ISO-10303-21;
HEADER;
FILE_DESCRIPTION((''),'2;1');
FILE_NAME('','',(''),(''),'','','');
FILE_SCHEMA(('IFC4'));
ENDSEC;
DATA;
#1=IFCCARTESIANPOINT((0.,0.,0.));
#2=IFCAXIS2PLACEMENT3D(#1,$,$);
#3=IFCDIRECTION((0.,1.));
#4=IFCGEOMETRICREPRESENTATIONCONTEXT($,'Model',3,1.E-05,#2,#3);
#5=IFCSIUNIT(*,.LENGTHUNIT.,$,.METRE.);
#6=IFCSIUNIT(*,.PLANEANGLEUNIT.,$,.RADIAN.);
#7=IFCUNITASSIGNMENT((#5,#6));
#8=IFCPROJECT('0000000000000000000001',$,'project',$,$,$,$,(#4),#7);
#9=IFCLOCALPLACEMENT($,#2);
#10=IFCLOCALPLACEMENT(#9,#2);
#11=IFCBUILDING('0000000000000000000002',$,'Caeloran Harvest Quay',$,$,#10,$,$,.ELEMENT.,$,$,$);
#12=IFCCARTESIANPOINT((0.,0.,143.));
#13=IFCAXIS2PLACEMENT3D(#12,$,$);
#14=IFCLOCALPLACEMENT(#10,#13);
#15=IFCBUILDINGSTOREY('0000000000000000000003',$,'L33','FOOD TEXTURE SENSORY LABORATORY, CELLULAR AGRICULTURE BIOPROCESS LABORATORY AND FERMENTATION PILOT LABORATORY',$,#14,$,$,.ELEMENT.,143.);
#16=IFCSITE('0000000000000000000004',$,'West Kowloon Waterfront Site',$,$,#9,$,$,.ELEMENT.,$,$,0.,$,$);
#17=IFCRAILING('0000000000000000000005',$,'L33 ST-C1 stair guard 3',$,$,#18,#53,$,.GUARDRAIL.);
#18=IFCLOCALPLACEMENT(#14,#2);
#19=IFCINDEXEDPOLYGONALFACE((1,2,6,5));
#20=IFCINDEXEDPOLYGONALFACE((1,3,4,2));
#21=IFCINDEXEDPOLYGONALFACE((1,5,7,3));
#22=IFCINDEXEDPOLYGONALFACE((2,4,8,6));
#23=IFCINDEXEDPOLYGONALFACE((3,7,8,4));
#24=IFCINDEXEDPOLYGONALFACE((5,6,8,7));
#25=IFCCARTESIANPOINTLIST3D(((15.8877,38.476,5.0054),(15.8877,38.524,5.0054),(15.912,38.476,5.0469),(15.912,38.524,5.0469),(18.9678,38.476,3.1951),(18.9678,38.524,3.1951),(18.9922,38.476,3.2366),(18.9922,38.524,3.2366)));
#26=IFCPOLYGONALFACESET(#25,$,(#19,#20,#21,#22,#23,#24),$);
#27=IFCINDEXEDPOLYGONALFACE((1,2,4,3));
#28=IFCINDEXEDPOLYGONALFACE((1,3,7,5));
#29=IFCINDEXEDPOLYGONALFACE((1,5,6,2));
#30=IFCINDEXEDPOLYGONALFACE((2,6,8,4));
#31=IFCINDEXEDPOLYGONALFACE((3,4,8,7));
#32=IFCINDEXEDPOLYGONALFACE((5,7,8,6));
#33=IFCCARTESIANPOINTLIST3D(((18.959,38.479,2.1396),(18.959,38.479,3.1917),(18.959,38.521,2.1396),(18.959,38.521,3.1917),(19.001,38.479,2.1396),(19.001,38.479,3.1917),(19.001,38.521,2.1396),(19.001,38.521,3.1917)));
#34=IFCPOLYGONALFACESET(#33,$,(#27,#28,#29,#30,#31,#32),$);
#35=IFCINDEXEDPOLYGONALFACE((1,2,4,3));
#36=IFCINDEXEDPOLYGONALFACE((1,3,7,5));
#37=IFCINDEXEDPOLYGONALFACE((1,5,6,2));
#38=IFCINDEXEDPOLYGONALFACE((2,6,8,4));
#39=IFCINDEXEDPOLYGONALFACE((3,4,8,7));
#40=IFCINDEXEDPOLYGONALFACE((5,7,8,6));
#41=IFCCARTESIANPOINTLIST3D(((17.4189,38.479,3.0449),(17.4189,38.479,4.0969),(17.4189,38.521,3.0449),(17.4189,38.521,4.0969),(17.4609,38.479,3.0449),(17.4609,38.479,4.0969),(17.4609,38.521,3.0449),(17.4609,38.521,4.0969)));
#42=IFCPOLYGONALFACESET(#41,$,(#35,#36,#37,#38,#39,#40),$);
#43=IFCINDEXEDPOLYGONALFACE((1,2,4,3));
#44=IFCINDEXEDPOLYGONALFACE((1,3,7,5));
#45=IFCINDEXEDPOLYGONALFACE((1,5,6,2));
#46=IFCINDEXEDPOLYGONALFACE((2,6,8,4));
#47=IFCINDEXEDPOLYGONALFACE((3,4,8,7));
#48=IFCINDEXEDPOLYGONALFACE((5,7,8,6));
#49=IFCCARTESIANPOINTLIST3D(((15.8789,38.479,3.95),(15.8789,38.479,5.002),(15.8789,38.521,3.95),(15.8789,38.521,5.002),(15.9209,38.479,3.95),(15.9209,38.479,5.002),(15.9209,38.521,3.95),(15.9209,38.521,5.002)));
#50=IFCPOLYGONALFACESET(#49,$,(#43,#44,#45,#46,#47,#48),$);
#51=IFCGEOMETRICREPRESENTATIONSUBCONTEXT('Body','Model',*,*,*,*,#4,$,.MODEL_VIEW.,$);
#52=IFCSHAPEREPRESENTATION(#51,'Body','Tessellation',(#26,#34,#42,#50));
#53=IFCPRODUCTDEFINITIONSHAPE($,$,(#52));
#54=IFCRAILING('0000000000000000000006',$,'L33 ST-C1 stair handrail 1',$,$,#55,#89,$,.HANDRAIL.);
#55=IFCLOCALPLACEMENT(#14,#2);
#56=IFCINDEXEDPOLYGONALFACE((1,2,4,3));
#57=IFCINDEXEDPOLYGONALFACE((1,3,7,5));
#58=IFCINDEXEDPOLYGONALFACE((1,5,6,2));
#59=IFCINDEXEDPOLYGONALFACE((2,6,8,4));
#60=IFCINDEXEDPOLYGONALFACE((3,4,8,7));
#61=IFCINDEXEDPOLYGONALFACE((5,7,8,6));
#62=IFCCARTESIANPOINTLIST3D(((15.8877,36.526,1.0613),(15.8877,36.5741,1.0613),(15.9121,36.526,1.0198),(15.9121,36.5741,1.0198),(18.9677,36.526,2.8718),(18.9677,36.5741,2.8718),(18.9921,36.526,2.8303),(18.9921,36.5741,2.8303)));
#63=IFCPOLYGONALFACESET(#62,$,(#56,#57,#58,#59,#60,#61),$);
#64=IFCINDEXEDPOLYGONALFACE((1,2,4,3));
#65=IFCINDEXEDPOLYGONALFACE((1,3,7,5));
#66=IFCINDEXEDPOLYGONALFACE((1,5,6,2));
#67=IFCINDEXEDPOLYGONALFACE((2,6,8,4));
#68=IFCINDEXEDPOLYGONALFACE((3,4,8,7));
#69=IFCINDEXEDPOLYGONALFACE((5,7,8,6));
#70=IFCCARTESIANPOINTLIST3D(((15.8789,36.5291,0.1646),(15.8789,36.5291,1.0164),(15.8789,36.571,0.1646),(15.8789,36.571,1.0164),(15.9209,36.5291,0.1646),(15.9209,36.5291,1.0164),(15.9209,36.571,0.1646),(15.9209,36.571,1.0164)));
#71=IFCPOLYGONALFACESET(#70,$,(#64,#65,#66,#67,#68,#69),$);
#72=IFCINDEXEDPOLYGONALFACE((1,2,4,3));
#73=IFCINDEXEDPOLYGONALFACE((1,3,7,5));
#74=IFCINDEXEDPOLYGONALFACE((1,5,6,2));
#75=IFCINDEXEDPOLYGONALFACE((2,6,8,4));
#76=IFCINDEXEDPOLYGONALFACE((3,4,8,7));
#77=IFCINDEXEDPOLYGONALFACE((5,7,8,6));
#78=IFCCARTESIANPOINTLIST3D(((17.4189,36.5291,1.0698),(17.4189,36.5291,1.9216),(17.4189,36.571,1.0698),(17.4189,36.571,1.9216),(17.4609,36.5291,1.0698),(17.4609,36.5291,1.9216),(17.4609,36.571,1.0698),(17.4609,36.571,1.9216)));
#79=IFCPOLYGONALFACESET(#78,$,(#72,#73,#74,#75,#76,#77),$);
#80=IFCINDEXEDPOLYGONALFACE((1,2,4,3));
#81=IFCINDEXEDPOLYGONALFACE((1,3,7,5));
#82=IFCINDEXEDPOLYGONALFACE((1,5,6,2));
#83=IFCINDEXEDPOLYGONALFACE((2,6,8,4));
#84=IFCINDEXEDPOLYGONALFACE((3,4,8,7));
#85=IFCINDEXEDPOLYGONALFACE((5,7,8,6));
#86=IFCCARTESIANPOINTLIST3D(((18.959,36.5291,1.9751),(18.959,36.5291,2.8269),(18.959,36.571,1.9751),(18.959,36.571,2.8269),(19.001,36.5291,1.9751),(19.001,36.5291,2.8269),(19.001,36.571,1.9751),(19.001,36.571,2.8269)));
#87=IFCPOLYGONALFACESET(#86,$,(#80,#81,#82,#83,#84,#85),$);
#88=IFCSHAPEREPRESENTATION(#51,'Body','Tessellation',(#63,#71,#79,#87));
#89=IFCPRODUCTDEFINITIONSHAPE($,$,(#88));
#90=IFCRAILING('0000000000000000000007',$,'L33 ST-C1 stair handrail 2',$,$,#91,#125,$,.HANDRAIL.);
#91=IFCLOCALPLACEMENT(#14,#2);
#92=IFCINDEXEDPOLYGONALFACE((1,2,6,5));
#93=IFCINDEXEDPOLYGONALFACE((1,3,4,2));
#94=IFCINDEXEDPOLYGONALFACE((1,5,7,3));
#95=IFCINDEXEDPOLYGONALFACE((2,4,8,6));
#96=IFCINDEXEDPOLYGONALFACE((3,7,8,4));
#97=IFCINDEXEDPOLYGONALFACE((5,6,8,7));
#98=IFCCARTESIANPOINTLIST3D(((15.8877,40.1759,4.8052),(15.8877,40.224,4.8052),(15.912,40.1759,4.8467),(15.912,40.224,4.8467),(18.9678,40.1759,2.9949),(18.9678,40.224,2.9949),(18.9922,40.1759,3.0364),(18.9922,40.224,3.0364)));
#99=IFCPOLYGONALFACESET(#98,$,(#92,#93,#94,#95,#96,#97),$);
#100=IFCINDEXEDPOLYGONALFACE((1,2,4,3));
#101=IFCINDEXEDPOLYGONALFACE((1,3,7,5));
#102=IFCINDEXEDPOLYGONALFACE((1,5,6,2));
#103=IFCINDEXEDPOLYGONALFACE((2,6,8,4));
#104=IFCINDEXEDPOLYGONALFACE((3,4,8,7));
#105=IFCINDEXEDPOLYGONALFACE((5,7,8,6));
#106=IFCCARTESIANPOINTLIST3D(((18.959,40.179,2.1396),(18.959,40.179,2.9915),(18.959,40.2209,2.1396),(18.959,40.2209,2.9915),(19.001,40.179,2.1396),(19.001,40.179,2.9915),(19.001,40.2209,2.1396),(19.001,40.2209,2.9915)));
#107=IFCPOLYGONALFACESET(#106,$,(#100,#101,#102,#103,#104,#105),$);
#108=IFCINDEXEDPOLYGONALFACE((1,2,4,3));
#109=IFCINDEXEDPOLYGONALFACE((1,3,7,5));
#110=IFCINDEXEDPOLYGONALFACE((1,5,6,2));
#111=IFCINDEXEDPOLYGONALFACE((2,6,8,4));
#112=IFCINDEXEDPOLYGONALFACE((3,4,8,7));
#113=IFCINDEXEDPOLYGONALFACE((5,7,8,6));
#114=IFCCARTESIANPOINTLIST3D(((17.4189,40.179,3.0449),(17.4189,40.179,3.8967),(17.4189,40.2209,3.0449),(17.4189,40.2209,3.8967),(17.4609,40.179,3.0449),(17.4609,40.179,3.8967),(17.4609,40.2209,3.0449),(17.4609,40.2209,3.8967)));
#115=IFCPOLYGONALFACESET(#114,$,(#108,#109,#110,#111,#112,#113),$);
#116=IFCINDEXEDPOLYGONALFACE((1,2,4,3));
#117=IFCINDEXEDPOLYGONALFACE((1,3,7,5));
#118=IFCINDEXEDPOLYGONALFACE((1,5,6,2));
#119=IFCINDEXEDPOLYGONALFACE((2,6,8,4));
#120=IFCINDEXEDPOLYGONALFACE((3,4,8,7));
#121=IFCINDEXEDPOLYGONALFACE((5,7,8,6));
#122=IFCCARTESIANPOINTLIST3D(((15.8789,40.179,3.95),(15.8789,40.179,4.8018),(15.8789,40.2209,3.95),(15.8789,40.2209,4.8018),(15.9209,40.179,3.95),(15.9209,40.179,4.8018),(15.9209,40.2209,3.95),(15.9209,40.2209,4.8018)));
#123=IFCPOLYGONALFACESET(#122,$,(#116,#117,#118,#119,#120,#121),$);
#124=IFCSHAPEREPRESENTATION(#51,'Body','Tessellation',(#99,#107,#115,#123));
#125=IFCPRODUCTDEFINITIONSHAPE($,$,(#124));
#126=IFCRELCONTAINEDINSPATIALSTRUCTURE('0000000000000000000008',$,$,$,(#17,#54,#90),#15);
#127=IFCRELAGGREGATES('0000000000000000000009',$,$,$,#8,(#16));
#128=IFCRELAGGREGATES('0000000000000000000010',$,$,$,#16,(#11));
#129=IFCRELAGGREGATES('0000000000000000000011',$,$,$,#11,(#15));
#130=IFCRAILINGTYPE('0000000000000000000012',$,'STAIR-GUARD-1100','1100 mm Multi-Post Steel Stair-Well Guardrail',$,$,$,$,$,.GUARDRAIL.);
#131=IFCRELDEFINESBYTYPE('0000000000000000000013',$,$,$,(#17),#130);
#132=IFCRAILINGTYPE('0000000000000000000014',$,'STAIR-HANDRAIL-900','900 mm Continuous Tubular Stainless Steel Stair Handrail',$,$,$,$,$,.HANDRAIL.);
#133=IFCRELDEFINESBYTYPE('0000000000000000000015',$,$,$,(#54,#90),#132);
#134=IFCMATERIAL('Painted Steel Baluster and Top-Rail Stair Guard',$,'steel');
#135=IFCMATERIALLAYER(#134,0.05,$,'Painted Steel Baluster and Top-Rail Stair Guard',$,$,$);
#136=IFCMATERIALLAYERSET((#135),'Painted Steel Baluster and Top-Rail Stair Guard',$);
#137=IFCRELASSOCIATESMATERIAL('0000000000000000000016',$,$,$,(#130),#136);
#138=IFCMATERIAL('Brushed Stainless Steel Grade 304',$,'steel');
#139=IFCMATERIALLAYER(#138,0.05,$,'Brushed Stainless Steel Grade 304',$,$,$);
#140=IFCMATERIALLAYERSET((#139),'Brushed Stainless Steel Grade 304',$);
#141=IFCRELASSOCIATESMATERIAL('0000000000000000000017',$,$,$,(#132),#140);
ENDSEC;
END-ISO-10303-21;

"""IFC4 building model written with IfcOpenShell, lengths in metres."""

from ifc_helpers import new_model, si_unit, direction, frame, origin, origin_2d, place, context, subcontext, project, spatial, rectangle, extrude, material, layer, layer_set, type_object, element, save


model = new_model("IFC4")

# Units and contexts
model_context = context("Model", 3, precision=1e-05, world=origin(), true_north=direction((0.0, 1.0)))
body_context = subcontext(model_context, "Body", "Model", "MODEL_VIEW")
ifc_project = project(units=[si_unit("LENGTHUNIT", "METRE"), si_unit("PLANEANGLEUNIT", "RADIAN")], contexts=[model_context])

# Site, building, storey
site_placement = place(None, origin())
site = spatial("IfcSite", under=ifc_project, at=site_placement, Name="West Kowloon Waterfront Site", CompositionType="ELEMENT", RefElevation=0.0)
building_placement = place(site_placement, origin())
building = spatial("IfcBuilding", under=site, at=building_placement, Name="Caeloran Harvest Quay", CompositionType="ELEMENT")
storey_placement = place(building_placement, frame((0.0, 0.0, 143.0)))
storey = spatial("IfcBuildingStorey", under=building, at=storey_placement, Name="L33", Description="FOOD TEXTURE SENSORY LABORATORY, CELLULAR AGRICULTURE BIOPROCESS LABORATORY AND FERMENTATION PILOT LABORATORY", CompositionType="ELEMENT", Elevation=143.0)

# Railings
ifc_material_1 = material(Name="Painted Steel Baluster and Top-Rail Stair Guard", Category="steel")
ifc_layer_1 = layer(ifc_material_1, 0.05, Name="Painted Steel Baluster and Top-Rail Stair Guard")
ifc_layer_set_1 = layer_set([ifc_layer_1], Name="Painted Steel Baluster and Top-Rail Stair Guard")
railing_type_1 = type_object("IfcRailingType", Name="STAIR-GUARD-1100", Description="1100 mm Multi-Post Steel Stair-Well Guardrail", PredefinedType="GUARDRAIL", material=ifc_layer_set_1)
railing_1_placement = place(storey_placement, frame((18.98, 38.5, 2.1396)))
element("IfcRailing", 1, at=railing_1_placement, inside=storey, type_object=railing_type_1, Name="L33 ST-C1 stair guard 3", PredefinedType="GUARDRAIL", context=body_context, shape_type="SweptSolid", body=[
    extrude(rectangle(XDim=0.0481, YDim=0.0481, at=origin_2d()), frame((0.0, 0.0, 1.0762), z_axis=(-0.862119, 0.0, 0.506707), x_axis=(0.0, -1.0, 0.0)), (0.0, 0.0, 1.0), 3.5728),
    extrude(rectangle(XDim=0.042, YDim=0.042, at=origin_2d()), origin(), (0.0, 0.0, 1.0), 1.052),
    extrude(rectangle(XDim=0.042, YDim=0.042, at=origin_2d()), frame((-1.54, 0.0, 0.9053)), (0.0, 0.0, 1.0), 1.052),
    extrude(rectangle(XDim=0.042, YDim=0.042, at=origin_2d()), frame((-3.0801, 0.0, 1.8103)), (0.0, 0.0, 1.0), 1.052),
])
ifc_material_2 = material(Name="Brushed Stainless Steel Grade 304", Category="steel")
ifc_layer_2 = layer(ifc_material_2, 0.05, Name="Brushed Stainless Steel Grade 304")
ifc_layer_set_2 = layer_set([ifc_layer_2], Name="Brushed Stainless Steel Grade 304")
railing_type_2 = type_object("IfcRailingType", Name="STAIR-HANDRAIL-900", Description="900 mm Continuous Tubular Stainless Steel Stair Handrail", PredefinedType="HANDRAIL", material=ifc_layer_set_2)
railing_2_placement = place(storey_placement, frame((15.8999, 36.55, 0.1646)))
element("IfcRailing", 2, at=railing_2_placement, inside=storey, type_object=railing_type_2, Name="L33 ST-C1 stair handrail 1", PredefinedType="HANDRAIL", context=body_context, shape_type="SweptSolid", body=[
    extrude(rectangle(XDim=0.0481, YDim=0.0481, at=origin_2d()), frame((0.0, 0.0, 0.876), z_axis=(0.862089, 0.0, 0.506757), x_axis=(0.0, 1.0, 0.0)), (0.0, 0.0, 1.0), 3.5728),
    extrude(rectangle(XDim=0.042, YDim=0.042, at=origin_2d()), origin(), (0.0, 0.0, 1.0), 0.8518),
    extrude(rectangle(XDim=0.042, YDim=0.042, at=origin_2d()), frame((1.54, 0.0, 0.9053)), (0.0, 0.0, 1.0), 0.8518),
    extrude(rectangle(XDim=0.042, YDim=0.042, at=origin_2d()), frame((3.0801, 0.0, 1.8105)), (0.0, 0.0, 1.0), 0.8518),
])
railing_3_placement = place(storey_placement, frame((18.98, 40.2, 2.1396)))
element("IfcRailing", 3, at=railing_3_placement, inside=storey, type_object=railing_type_2, Name="L33 ST-C1 stair handrail 2", PredefinedType="HANDRAIL", context=body_context, shape_type="SweptSolid", body=[
    extrude(rectangle(XDim=0.0481, YDim=0.0481, at=origin_2d()), frame((0.0, 0.0, 0.876), z_axis=(-0.862119, 0.0, 0.506707), x_axis=(0.0, -1.0, 0.0)), (0.0, 0.0, 1.0), 3.5728),
    extrude(rectangle(XDim=0.042, YDim=0.042, at=origin_2d()), origin(), (0.0, 0.0, 1.0), 0.8518),
    extrude(rectangle(XDim=0.042, YDim=0.042, at=origin_2d()), frame((-1.54, 0.0, 0.9053)), (0.0, 0.0, 1.0), 0.8518),
    extrude(rectangle(XDim=0.042, YDim=0.042, at=origin_2d()), frame((-3.0801, 0.0, 1.8103)), (0.0, 0.0, 1.0), 0.8518),
])

save(model, "model.ifc")
